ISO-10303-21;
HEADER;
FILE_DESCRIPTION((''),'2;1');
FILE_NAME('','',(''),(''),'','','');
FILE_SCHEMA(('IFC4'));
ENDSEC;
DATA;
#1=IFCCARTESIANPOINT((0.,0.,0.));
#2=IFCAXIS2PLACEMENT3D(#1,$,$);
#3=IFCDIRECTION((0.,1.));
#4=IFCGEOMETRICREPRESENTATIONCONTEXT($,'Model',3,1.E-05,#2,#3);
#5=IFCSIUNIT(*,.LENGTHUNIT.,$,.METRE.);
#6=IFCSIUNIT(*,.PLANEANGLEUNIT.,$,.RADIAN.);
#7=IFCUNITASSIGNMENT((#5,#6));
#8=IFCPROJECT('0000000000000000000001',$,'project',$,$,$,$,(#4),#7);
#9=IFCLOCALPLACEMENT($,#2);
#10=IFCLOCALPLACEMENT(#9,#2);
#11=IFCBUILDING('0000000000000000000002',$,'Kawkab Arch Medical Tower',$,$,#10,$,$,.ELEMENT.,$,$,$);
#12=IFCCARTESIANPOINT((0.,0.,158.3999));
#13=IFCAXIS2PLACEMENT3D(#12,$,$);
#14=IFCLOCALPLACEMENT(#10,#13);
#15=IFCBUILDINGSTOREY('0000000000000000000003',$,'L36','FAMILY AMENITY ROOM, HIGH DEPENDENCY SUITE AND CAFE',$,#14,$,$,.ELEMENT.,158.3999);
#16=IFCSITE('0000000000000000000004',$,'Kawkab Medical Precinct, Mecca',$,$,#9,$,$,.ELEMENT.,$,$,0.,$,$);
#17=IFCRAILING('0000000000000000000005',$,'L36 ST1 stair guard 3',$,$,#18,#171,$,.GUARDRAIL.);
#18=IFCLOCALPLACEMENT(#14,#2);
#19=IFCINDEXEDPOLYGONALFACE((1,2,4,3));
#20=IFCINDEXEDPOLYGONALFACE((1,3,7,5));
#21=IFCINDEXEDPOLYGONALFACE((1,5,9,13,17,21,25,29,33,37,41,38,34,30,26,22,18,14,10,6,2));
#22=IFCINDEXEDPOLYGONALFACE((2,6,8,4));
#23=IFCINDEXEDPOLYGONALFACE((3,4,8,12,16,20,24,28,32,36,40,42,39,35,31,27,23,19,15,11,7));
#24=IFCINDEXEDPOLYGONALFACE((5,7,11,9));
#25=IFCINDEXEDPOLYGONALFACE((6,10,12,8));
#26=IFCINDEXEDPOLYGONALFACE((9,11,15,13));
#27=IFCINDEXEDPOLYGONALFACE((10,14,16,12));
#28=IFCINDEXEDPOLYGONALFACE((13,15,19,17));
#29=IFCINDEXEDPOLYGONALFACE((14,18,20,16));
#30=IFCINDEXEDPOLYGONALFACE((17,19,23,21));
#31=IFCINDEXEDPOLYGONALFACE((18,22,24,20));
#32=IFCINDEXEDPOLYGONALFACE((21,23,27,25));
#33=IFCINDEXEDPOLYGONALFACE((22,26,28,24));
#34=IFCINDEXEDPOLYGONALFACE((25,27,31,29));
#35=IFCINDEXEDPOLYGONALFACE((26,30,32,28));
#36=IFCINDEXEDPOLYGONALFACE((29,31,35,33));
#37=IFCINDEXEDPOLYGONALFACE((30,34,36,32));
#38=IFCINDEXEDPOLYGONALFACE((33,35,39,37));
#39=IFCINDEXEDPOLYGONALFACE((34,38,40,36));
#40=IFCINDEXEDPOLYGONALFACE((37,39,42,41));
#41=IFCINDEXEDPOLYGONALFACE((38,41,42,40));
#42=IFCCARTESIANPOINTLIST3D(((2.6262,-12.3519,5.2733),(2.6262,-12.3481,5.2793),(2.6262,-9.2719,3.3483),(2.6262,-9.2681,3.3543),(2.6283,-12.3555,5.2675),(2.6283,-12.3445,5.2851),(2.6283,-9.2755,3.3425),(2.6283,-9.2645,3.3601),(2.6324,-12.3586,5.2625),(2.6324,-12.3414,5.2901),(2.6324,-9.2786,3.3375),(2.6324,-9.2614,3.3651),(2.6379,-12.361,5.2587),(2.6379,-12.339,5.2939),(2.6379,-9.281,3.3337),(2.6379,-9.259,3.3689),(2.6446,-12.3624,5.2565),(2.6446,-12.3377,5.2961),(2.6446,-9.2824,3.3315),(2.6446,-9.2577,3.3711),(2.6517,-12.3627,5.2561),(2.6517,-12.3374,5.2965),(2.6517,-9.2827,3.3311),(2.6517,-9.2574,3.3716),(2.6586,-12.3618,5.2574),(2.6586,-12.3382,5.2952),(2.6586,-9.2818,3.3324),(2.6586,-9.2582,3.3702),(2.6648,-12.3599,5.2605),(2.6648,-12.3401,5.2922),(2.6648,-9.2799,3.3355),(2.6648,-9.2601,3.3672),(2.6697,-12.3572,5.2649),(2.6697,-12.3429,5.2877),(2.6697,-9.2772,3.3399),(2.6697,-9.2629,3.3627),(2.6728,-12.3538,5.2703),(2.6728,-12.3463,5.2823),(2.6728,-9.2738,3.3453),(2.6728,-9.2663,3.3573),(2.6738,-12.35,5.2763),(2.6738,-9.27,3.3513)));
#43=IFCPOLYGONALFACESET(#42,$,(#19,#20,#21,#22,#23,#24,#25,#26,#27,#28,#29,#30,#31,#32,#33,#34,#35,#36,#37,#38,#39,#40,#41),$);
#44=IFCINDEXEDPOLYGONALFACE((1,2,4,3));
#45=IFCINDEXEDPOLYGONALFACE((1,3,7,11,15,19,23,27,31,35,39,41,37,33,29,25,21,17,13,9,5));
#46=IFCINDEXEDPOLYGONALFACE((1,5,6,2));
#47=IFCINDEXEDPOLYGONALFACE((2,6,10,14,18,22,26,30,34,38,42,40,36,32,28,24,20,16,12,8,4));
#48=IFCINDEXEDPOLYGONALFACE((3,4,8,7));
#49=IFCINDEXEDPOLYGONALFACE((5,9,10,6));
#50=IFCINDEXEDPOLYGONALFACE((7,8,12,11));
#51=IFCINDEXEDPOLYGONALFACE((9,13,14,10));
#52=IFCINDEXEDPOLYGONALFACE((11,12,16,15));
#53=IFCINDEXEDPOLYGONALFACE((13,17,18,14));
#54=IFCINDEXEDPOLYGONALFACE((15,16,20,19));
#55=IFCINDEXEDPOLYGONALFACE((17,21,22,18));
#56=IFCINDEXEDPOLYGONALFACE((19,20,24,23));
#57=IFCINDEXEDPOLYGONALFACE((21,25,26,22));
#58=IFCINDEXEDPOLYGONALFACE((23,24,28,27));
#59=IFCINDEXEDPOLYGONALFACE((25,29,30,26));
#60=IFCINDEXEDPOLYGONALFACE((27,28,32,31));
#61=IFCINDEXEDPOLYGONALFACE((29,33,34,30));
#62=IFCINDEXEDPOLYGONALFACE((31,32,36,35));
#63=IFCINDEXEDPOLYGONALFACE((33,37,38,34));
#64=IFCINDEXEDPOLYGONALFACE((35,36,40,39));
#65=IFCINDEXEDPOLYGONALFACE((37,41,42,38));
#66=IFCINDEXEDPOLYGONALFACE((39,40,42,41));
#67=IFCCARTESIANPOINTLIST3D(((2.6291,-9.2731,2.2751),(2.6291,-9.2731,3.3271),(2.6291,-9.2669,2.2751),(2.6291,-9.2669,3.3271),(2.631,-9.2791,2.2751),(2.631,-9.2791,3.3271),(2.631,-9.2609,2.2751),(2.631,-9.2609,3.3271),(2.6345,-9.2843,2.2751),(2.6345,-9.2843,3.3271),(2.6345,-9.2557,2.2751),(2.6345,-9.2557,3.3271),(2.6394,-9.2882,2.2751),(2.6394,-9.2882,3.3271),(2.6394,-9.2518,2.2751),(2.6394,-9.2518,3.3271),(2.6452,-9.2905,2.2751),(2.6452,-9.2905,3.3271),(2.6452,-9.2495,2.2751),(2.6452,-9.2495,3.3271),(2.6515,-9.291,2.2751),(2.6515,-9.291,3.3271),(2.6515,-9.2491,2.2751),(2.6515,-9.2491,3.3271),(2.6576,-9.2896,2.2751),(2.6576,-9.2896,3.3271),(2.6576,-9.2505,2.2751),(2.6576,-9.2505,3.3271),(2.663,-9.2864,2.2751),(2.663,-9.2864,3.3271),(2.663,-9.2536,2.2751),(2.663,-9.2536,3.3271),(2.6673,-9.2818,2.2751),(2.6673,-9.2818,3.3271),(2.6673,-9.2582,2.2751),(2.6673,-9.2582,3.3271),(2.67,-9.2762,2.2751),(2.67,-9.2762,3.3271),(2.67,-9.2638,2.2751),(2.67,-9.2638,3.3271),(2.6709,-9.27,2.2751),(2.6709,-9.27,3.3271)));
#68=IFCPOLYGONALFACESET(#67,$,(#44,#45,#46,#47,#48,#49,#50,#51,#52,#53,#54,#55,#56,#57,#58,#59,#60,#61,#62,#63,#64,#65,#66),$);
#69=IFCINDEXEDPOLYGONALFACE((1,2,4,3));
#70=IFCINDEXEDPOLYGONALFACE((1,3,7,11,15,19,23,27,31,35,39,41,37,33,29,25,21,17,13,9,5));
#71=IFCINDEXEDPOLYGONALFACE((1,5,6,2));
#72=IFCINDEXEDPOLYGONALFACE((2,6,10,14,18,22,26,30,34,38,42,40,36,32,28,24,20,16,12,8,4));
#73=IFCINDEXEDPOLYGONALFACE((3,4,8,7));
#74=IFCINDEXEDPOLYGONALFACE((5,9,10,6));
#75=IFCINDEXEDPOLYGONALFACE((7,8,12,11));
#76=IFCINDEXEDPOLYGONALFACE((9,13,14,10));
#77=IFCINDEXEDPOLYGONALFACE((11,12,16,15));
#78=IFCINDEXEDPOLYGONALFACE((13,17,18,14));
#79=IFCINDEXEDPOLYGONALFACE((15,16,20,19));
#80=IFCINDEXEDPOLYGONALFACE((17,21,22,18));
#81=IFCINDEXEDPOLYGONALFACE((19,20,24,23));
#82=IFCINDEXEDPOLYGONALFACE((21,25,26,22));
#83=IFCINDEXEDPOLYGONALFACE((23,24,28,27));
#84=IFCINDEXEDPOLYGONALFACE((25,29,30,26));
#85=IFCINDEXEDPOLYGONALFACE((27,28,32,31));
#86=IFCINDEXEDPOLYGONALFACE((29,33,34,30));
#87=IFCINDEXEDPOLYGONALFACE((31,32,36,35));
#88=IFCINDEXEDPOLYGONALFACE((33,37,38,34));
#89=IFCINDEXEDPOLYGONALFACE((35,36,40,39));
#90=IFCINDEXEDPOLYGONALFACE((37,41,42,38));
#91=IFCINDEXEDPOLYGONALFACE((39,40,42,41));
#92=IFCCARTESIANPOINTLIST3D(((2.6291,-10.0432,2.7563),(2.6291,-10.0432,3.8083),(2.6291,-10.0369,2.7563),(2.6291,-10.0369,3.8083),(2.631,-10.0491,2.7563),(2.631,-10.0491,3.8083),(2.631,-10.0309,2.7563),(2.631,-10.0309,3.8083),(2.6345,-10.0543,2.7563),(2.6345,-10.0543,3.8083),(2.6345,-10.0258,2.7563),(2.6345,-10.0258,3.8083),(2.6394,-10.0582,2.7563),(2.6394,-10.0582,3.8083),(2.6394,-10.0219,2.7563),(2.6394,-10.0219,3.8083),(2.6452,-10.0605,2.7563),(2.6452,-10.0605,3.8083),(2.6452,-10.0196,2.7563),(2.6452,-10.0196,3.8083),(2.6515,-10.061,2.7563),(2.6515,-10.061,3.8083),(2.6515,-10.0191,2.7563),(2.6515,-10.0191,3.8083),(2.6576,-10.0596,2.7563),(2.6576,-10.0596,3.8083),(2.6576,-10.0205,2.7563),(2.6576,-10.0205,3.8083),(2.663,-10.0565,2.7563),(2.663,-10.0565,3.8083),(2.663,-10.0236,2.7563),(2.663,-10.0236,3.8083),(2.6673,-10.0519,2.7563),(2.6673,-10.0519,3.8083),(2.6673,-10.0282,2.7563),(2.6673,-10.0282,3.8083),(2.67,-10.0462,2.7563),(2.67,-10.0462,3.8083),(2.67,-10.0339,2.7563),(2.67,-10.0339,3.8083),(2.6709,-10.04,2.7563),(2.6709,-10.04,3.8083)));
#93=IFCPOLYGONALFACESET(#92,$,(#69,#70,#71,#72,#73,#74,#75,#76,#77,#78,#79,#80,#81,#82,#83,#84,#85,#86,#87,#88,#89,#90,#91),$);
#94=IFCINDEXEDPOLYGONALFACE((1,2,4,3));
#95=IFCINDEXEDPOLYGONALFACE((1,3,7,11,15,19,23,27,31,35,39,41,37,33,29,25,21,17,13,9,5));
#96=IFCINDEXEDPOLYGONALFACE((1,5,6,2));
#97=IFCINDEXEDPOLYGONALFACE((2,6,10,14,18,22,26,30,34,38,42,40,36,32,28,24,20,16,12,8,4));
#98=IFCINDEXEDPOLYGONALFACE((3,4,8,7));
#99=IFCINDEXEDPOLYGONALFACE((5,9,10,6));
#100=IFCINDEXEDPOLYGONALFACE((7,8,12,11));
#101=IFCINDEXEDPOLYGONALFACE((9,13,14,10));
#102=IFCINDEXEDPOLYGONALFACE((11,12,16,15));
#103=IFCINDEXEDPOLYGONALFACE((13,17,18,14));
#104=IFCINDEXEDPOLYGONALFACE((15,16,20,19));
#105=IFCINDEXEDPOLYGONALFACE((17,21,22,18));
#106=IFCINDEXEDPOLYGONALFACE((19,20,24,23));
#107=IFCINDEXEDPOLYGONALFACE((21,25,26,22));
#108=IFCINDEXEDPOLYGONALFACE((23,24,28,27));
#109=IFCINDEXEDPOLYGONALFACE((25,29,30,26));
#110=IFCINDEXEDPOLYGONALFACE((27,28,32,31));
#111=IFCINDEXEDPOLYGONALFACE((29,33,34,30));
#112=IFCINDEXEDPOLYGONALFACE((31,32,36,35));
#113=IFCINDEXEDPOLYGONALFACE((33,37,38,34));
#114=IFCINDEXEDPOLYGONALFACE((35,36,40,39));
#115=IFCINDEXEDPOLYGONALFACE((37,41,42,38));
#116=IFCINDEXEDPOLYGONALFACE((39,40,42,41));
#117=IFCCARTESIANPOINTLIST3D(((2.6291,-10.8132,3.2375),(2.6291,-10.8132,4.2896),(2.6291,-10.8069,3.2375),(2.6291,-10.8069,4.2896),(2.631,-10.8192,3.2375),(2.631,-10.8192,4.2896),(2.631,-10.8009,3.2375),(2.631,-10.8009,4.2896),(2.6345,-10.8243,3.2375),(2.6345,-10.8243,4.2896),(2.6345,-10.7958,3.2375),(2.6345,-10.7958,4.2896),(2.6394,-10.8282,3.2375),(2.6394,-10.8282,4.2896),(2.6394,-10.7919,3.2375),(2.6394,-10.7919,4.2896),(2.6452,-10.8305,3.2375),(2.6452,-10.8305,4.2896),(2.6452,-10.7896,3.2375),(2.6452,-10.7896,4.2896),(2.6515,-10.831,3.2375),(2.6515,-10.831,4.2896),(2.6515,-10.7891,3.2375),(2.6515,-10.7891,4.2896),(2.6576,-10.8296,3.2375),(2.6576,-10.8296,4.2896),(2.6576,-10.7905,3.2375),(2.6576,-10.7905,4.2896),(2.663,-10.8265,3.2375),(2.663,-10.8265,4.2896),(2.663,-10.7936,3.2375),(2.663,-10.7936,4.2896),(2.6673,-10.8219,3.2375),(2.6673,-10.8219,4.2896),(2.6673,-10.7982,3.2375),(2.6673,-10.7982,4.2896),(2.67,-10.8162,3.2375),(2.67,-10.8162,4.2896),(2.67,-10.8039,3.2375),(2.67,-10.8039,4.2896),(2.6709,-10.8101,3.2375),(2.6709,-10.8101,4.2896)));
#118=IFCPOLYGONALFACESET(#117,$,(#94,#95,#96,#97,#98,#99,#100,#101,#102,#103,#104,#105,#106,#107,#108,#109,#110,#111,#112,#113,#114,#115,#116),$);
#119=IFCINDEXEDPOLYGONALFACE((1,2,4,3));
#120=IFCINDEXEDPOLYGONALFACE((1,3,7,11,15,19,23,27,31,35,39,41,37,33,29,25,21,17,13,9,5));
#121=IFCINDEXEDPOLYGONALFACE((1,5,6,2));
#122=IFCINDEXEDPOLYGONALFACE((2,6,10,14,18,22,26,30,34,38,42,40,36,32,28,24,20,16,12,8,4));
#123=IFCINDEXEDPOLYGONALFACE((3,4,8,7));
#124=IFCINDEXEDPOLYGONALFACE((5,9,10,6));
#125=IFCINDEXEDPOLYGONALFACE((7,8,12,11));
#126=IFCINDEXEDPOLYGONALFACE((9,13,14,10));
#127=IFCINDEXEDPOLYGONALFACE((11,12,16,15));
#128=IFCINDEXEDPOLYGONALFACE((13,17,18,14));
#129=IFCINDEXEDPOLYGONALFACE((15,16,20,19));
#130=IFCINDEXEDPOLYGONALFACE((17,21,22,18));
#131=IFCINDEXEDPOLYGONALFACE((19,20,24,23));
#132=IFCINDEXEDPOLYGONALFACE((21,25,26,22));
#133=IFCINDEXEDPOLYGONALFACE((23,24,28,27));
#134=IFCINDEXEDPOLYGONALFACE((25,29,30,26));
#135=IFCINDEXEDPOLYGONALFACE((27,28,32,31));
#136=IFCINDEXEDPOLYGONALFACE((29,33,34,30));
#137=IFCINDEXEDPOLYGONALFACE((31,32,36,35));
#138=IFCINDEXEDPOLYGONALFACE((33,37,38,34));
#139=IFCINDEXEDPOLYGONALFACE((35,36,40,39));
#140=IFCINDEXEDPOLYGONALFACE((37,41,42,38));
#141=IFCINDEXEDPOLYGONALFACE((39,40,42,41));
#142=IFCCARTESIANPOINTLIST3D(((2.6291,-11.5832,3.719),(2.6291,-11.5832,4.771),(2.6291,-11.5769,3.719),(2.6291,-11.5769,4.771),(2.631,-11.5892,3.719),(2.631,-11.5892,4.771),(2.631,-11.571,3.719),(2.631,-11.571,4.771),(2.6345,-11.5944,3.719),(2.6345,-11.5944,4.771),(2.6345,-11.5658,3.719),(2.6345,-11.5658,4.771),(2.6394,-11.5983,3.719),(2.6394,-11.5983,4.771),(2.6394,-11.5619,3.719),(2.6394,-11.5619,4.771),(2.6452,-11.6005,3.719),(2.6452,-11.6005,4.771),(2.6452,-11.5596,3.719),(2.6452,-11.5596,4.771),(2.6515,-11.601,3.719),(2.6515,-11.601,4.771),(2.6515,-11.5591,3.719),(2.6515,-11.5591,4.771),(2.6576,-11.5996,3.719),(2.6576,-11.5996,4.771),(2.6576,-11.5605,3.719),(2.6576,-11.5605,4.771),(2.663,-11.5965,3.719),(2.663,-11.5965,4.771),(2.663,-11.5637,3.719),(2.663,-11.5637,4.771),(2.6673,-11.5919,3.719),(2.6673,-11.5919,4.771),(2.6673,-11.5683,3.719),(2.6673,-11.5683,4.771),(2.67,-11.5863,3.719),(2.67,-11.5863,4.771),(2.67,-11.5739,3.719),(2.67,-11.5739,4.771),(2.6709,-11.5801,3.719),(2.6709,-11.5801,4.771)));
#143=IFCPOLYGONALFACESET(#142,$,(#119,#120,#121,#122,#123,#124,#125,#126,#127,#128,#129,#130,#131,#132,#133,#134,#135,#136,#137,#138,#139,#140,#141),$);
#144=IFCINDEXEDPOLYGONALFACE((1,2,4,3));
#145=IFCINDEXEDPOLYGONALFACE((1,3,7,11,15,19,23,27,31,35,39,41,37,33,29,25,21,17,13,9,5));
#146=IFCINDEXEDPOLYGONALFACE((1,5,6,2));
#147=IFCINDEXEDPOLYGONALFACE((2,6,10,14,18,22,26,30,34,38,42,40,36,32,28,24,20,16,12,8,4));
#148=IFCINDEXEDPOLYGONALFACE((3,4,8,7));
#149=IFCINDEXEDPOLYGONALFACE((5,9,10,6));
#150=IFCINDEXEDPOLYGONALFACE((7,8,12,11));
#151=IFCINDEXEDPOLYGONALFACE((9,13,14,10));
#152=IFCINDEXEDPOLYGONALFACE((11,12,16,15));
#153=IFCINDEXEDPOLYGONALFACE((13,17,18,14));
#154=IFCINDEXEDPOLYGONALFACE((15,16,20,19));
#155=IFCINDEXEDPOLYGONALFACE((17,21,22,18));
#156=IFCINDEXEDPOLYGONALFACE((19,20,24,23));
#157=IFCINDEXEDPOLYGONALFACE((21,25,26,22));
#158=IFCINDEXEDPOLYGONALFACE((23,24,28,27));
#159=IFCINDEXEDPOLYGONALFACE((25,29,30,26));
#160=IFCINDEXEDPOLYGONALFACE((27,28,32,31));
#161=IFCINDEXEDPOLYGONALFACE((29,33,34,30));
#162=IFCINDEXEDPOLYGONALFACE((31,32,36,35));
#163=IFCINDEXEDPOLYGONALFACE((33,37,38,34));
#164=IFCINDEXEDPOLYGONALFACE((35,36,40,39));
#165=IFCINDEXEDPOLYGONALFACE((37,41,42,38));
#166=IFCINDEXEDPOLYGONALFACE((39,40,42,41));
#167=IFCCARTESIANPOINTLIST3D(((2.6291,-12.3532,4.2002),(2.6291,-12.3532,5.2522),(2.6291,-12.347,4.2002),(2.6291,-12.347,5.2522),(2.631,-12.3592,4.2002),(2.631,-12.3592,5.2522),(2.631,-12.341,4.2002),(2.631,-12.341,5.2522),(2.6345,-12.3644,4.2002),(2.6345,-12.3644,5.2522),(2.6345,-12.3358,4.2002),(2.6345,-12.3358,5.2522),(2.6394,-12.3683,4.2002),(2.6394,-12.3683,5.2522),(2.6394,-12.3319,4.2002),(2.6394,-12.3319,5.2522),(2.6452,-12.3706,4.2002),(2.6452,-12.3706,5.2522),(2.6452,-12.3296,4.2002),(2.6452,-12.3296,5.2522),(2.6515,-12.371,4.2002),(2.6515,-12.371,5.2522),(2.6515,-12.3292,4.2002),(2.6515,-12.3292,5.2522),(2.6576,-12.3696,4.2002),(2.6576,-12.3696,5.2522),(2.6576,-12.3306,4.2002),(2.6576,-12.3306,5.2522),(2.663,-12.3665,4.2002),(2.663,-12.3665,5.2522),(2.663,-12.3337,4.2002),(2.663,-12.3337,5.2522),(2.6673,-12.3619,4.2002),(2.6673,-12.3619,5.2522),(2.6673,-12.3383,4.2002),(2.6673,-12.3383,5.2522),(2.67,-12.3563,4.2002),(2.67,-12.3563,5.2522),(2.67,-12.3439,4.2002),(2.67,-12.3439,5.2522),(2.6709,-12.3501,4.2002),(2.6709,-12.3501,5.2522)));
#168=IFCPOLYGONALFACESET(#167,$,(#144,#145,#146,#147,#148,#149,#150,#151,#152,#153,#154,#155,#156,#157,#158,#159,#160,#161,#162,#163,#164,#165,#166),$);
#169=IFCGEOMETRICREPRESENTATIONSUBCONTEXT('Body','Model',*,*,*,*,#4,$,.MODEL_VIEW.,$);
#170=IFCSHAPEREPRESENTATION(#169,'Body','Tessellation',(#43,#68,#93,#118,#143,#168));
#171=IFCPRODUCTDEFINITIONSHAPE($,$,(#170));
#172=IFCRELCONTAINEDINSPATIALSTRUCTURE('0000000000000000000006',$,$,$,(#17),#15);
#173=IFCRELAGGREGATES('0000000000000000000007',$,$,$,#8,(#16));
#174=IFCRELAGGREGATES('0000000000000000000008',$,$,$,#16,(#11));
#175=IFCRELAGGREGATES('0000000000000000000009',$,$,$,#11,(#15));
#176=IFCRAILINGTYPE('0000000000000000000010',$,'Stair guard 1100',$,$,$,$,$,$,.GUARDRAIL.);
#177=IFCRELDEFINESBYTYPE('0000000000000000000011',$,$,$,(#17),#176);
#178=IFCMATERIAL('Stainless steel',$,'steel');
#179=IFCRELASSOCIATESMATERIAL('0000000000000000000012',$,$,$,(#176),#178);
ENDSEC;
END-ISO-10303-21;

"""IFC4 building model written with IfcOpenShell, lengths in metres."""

from ifc_helpers import new_model, si_unit, direction, frame, origin, origin_2d, place, context, subcontext, project, spatial, circle, extrude, material, type_object, element, save


model = new_model("IFC4")

# Units and contexts
model_context = context("Model", 3, precision=1e-05, world=origin(), true_north=direction((0.0, 1.0)))
body_context = subcontext(model_context, "Body", "Model", "MODEL_VIEW")
ifc_project = project(units=[si_unit("LENGTHUNIT", "METRE"), si_unit("PLANEANGLEUNIT", "RADIAN")], contexts=[model_context])

# Site, building, storey
site_placement = place(None, origin())
site = spatial("IfcSite", under=ifc_project, at=site_placement, Name="Kawkab Medical Precinct, Mecca", CompositionType="ELEMENT", RefElevation=0.0)
building_placement = place(site_placement, origin())
building = spatial("IfcBuilding", under=site, at=building_placement, Name="Kawkab Arch Medical Tower", CompositionType="ELEMENT")
storey_placement = place(building_placement, frame((0.0, 0.0, 158.3999)))
storey = spatial("IfcBuildingStorey", under=building, at=storey_placement, Name="L36", Description="FAMILY AMENITY ROOM, HIGH DEPENDENCY SUITE AND CAFE", CompositionType="ELEMENT", Elevation=158.3999)

# Railing
ifc_material_1 = material(Name="Stainless steel", Category="steel")
railing_type_1 = type_object("IfcRailingType", Name="Stair guard 1100", PredefinedType="GUARDRAIL", material=ifc_material_1)
railing_1_placement = place(storey_placement, frame((2.6499, -9.27, 2.2751)))
element("IfcRailing", 1, at=railing_1_placement, inside=storey, type_object=railing_type_1, Name="L36 ST1 stair guard 3", PredefinedType="GUARDRAIL", context=body_context, shape_type="SweptSolid", body=[
    extrude(circle(Radius=0.0239, at=origin_2d()), frame((0.0, 0.0, 1.0762), z_axis=(0.0, -0.847998, 0.529999), x_axis=(1.0, 0.0, 0.0)), (0.0, 0.0, 1.0), 3.6321),
    extrude(circle(Radius=0.021, at=origin_2d()), origin(), (0.0, 0.0, 1.0), 1.052),
    extrude(circle(Radius=0.021, at=origin_2d()), frame((0.0, -0.77, 0.4812)), (0.0, 0.0, 1.0), 1.052),
    extrude(circle(Radius=0.021, at=origin_2d()), frame((0.0, -1.54, 0.9624)), (0.0, 0.0, 1.0), 1.052),
    extrude(circle(Radius=0.021, at=origin_2d()), frame((0.0, -2.3101, 1.4438)), (0.0, 0.0, 1.0), 1.052),
    extrude(circle(Radius=0.021, at=origin_2d()), frame((0.0, -3.0801, 1.925)), (0.0, 0.0, 1.0), 1.052),
])

save(model, "model.ifc")
